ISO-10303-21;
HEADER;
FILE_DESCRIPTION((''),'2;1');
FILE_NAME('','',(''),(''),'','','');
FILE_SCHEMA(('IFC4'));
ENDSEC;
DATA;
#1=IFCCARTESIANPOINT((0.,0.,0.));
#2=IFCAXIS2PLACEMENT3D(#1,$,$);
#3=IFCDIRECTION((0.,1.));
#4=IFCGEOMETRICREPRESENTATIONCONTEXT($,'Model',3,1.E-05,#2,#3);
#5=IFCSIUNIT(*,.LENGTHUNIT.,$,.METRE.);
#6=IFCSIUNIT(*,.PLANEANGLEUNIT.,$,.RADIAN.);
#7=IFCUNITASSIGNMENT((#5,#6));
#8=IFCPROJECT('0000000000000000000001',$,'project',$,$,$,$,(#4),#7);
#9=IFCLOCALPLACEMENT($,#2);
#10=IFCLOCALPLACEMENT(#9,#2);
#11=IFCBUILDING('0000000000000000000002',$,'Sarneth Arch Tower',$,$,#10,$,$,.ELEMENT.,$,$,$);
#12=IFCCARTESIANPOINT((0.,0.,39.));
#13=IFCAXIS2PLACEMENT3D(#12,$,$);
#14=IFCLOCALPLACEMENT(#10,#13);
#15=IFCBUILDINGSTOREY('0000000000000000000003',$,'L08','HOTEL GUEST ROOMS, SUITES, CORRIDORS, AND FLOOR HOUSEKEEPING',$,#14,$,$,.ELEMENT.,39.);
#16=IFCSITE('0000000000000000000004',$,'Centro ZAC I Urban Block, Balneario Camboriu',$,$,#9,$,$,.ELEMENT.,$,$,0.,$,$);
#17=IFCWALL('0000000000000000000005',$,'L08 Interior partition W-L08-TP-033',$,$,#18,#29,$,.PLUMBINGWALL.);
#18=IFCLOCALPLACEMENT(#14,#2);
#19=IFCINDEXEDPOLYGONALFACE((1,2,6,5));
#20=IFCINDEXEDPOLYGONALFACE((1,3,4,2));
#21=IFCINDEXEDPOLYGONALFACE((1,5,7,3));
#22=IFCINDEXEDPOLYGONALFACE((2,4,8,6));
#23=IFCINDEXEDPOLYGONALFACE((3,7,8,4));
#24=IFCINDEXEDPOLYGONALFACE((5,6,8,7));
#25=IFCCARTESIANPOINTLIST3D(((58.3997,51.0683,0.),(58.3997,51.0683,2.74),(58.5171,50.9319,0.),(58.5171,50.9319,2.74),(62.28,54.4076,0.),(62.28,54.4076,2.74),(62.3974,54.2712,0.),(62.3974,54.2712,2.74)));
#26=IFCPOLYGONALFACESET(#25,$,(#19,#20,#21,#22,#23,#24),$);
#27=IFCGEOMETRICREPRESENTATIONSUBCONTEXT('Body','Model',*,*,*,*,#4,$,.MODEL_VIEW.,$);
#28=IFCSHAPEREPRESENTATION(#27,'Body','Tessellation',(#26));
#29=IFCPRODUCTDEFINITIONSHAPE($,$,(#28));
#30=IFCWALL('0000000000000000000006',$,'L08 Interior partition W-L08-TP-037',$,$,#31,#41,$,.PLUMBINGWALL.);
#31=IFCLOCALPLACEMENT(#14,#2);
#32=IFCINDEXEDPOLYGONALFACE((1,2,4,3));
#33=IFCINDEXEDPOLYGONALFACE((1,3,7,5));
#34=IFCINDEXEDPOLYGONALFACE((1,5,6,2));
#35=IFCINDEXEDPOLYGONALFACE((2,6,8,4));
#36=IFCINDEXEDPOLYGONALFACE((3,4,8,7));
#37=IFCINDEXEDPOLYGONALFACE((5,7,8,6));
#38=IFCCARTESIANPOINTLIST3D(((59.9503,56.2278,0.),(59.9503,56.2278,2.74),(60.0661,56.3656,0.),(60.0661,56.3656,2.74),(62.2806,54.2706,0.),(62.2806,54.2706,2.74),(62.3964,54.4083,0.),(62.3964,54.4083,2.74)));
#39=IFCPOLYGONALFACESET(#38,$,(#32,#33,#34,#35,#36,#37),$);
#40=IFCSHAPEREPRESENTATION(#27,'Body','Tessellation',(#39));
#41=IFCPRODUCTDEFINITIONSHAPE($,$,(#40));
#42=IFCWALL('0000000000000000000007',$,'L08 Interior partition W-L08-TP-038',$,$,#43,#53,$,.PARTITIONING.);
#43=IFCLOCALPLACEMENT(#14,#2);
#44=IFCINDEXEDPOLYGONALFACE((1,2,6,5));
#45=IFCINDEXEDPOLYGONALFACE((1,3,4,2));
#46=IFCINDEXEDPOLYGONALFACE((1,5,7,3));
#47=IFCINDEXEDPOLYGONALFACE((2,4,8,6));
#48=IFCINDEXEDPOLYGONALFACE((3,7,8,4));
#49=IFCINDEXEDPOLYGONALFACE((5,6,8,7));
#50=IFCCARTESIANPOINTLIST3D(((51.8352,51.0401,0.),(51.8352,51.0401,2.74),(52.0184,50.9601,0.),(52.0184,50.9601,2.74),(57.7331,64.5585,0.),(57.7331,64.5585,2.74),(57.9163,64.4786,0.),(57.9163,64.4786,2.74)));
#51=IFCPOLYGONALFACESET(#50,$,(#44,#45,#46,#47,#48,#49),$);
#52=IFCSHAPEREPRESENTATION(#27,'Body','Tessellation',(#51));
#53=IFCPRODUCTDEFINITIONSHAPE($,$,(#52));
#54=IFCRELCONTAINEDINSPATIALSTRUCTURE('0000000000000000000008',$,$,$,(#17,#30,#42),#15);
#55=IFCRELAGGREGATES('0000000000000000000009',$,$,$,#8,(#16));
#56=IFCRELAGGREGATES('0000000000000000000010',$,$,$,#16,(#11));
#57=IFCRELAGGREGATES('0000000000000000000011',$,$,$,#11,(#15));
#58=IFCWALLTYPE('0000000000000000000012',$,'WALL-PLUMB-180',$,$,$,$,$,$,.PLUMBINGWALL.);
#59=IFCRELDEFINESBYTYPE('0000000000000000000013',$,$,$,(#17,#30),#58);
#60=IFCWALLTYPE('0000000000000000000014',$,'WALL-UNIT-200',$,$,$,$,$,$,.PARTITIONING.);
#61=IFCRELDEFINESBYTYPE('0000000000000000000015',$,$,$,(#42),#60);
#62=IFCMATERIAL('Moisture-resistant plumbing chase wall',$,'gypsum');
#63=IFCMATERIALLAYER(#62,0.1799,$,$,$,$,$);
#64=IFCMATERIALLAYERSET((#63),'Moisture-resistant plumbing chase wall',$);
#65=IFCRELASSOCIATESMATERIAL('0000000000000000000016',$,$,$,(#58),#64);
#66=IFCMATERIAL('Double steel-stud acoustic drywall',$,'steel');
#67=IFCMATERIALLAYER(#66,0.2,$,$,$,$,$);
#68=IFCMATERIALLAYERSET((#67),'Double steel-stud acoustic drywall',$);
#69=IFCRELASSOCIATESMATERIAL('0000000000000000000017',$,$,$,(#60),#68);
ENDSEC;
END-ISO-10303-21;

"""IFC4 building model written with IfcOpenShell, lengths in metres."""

from ifc_helpers import new_model, si_unit, direction, frame, frame_2d, origin, place, context, subcontext, project, spatial, rectangle, extrude, material, layer, layer_set, type_object, element, save


model = new_model("IFC4")

# Units and contexts
model_context = context("Model", 3, precision=1e-05, world=origin(), true_north=direction((0.0, 1.0)))
body_context = subcontext(model_context, "Body", "Model", "MODEL_VIEW")
ifc_project = project(units=[si_unit("LENGTHUNIT", "METRE"), si_unit("PLANEANGLEUNIT", "RADIAN")], contexts=[model_context])

# Site, building, storey
site_placement = place(None, origin())
site = spatial("IfcSite", under=ifc_project, at=site_placement, Name="Centro ZAC I Urban Block, Balneario Camboriu", CompositionType="ELEMENT", RefElevation=0.0)
building_placement = place(site_placement, origin())
building = spatial("IfcBuilding", under=site, at=building_placement, Name="Sarneth Arch Tower", CompositionType="ELEMENT")
storey_placement = place(building_placement, frame((0.0, 0.0, 39.0)))
storey = spatial("IfcBuildingStorey", under=building, at=storey_placement, Name="L08", Description="HOTEL GUEST ROOMS, SUITES, CORRIDORS, AND FLOOR HOUSEKEEPING", CompositionType="ELEMENT", Elevation=39.0)

# Shared definitions
ifc_material_1 = material(Name="Moisture-resistant plumbing chase wall", Category="gypsum")
ifc_layer_1 = layer(ifc_material_1, 0.1799)
ifc_layer_set_1 = layer_set([ifc_layer_1], Name="Moisture-resistant plumbing chase wall")
wall_type_1 = type_object("IfcWallType", Name="WALL-PLUMB-180", PredefinedType="PLUMBINGWALL", material=ifc_layer_set_1)

# Walls
wall_1_placement = place(storey_placement, frame((62.3386, 54.3394, 0.0), z_axis=(0.0, 0.0, 1.0), x_axis=(-0.757969, -0.65229, 0.0)))
element("IfcWall", 1, at=wall_1_placement, inside=storey, type_object=wall_type_1, Name="L08 Interior partition W-L08-TP-033", PredefinedType="PLUMBINGWALL", context=body_context, shape_type="SweptSolid", body=[
    extrude(rectangle(XDim=5.1194, YDim=0.1799, at=frame_2d((2.5596, 0.0))), origin(), (0.0, 0.0, 1.0), 2.74),
])
wall_2_placement = place(storey_placement, frame((60.0083, 56.2966, 0.0), z_axis=(0.0, 0.0, 1.0), x_axis=(0.765736, -0.643154, 0.0)))
element("IfcWall", 2, at=wall_2_placement, inside=storey, type_object=wall_type_1, Name="L08 Interior partition W-L08-TP-037", PredefinedType="PLUMBINGWALL", context=body_context, shape_type="SweptSolid", body=[
    extrude(rectangle(XDim=3.0432, YDim=0.1799, at=frame_2d((1.5215, 0.0))), origin(), (0.0, 0.0, 1.0), 2.74),
])
ifc_material_2 = material(Name="Double steel-stud acoustic drywall", Category="steel")
ifc_layer_2 = layer(ifc_material_2, 0.2)
ifc_layer_set_2 = layer_set([ifc_layer_2], Name="Double steel-stud acoustic drywall")
wall_type_2 = type_object("IfcWallType", Name="WALL-UNIT-200", PredefinedType="PARTITIONING", material=ifc_layer_set_2)
wall_3_placement = place(storey_placement, frame((57.8247, 64.5186, 0.0), z_axis=(0.0, 0.0, 1.0), x_axis=(-0.399884, -0.916566, 0.0)))
element("IfcWall", 3, at=wall_3_placement, inside=storey, type_object=wall_type_2, Name="L08 Interior partition W-L08-TP-038", PredefinedType="PARTITIONING", context=body_context, shape_type="SweptSolid", body=[
    extrude(rectangle(XDim=14.749, YDim=0.2, at=frame_2d((7.3745, 0.0))), origin(), (0.0, 0.0, 1.0), 2.74),
])

save(model, "model.ifc")
